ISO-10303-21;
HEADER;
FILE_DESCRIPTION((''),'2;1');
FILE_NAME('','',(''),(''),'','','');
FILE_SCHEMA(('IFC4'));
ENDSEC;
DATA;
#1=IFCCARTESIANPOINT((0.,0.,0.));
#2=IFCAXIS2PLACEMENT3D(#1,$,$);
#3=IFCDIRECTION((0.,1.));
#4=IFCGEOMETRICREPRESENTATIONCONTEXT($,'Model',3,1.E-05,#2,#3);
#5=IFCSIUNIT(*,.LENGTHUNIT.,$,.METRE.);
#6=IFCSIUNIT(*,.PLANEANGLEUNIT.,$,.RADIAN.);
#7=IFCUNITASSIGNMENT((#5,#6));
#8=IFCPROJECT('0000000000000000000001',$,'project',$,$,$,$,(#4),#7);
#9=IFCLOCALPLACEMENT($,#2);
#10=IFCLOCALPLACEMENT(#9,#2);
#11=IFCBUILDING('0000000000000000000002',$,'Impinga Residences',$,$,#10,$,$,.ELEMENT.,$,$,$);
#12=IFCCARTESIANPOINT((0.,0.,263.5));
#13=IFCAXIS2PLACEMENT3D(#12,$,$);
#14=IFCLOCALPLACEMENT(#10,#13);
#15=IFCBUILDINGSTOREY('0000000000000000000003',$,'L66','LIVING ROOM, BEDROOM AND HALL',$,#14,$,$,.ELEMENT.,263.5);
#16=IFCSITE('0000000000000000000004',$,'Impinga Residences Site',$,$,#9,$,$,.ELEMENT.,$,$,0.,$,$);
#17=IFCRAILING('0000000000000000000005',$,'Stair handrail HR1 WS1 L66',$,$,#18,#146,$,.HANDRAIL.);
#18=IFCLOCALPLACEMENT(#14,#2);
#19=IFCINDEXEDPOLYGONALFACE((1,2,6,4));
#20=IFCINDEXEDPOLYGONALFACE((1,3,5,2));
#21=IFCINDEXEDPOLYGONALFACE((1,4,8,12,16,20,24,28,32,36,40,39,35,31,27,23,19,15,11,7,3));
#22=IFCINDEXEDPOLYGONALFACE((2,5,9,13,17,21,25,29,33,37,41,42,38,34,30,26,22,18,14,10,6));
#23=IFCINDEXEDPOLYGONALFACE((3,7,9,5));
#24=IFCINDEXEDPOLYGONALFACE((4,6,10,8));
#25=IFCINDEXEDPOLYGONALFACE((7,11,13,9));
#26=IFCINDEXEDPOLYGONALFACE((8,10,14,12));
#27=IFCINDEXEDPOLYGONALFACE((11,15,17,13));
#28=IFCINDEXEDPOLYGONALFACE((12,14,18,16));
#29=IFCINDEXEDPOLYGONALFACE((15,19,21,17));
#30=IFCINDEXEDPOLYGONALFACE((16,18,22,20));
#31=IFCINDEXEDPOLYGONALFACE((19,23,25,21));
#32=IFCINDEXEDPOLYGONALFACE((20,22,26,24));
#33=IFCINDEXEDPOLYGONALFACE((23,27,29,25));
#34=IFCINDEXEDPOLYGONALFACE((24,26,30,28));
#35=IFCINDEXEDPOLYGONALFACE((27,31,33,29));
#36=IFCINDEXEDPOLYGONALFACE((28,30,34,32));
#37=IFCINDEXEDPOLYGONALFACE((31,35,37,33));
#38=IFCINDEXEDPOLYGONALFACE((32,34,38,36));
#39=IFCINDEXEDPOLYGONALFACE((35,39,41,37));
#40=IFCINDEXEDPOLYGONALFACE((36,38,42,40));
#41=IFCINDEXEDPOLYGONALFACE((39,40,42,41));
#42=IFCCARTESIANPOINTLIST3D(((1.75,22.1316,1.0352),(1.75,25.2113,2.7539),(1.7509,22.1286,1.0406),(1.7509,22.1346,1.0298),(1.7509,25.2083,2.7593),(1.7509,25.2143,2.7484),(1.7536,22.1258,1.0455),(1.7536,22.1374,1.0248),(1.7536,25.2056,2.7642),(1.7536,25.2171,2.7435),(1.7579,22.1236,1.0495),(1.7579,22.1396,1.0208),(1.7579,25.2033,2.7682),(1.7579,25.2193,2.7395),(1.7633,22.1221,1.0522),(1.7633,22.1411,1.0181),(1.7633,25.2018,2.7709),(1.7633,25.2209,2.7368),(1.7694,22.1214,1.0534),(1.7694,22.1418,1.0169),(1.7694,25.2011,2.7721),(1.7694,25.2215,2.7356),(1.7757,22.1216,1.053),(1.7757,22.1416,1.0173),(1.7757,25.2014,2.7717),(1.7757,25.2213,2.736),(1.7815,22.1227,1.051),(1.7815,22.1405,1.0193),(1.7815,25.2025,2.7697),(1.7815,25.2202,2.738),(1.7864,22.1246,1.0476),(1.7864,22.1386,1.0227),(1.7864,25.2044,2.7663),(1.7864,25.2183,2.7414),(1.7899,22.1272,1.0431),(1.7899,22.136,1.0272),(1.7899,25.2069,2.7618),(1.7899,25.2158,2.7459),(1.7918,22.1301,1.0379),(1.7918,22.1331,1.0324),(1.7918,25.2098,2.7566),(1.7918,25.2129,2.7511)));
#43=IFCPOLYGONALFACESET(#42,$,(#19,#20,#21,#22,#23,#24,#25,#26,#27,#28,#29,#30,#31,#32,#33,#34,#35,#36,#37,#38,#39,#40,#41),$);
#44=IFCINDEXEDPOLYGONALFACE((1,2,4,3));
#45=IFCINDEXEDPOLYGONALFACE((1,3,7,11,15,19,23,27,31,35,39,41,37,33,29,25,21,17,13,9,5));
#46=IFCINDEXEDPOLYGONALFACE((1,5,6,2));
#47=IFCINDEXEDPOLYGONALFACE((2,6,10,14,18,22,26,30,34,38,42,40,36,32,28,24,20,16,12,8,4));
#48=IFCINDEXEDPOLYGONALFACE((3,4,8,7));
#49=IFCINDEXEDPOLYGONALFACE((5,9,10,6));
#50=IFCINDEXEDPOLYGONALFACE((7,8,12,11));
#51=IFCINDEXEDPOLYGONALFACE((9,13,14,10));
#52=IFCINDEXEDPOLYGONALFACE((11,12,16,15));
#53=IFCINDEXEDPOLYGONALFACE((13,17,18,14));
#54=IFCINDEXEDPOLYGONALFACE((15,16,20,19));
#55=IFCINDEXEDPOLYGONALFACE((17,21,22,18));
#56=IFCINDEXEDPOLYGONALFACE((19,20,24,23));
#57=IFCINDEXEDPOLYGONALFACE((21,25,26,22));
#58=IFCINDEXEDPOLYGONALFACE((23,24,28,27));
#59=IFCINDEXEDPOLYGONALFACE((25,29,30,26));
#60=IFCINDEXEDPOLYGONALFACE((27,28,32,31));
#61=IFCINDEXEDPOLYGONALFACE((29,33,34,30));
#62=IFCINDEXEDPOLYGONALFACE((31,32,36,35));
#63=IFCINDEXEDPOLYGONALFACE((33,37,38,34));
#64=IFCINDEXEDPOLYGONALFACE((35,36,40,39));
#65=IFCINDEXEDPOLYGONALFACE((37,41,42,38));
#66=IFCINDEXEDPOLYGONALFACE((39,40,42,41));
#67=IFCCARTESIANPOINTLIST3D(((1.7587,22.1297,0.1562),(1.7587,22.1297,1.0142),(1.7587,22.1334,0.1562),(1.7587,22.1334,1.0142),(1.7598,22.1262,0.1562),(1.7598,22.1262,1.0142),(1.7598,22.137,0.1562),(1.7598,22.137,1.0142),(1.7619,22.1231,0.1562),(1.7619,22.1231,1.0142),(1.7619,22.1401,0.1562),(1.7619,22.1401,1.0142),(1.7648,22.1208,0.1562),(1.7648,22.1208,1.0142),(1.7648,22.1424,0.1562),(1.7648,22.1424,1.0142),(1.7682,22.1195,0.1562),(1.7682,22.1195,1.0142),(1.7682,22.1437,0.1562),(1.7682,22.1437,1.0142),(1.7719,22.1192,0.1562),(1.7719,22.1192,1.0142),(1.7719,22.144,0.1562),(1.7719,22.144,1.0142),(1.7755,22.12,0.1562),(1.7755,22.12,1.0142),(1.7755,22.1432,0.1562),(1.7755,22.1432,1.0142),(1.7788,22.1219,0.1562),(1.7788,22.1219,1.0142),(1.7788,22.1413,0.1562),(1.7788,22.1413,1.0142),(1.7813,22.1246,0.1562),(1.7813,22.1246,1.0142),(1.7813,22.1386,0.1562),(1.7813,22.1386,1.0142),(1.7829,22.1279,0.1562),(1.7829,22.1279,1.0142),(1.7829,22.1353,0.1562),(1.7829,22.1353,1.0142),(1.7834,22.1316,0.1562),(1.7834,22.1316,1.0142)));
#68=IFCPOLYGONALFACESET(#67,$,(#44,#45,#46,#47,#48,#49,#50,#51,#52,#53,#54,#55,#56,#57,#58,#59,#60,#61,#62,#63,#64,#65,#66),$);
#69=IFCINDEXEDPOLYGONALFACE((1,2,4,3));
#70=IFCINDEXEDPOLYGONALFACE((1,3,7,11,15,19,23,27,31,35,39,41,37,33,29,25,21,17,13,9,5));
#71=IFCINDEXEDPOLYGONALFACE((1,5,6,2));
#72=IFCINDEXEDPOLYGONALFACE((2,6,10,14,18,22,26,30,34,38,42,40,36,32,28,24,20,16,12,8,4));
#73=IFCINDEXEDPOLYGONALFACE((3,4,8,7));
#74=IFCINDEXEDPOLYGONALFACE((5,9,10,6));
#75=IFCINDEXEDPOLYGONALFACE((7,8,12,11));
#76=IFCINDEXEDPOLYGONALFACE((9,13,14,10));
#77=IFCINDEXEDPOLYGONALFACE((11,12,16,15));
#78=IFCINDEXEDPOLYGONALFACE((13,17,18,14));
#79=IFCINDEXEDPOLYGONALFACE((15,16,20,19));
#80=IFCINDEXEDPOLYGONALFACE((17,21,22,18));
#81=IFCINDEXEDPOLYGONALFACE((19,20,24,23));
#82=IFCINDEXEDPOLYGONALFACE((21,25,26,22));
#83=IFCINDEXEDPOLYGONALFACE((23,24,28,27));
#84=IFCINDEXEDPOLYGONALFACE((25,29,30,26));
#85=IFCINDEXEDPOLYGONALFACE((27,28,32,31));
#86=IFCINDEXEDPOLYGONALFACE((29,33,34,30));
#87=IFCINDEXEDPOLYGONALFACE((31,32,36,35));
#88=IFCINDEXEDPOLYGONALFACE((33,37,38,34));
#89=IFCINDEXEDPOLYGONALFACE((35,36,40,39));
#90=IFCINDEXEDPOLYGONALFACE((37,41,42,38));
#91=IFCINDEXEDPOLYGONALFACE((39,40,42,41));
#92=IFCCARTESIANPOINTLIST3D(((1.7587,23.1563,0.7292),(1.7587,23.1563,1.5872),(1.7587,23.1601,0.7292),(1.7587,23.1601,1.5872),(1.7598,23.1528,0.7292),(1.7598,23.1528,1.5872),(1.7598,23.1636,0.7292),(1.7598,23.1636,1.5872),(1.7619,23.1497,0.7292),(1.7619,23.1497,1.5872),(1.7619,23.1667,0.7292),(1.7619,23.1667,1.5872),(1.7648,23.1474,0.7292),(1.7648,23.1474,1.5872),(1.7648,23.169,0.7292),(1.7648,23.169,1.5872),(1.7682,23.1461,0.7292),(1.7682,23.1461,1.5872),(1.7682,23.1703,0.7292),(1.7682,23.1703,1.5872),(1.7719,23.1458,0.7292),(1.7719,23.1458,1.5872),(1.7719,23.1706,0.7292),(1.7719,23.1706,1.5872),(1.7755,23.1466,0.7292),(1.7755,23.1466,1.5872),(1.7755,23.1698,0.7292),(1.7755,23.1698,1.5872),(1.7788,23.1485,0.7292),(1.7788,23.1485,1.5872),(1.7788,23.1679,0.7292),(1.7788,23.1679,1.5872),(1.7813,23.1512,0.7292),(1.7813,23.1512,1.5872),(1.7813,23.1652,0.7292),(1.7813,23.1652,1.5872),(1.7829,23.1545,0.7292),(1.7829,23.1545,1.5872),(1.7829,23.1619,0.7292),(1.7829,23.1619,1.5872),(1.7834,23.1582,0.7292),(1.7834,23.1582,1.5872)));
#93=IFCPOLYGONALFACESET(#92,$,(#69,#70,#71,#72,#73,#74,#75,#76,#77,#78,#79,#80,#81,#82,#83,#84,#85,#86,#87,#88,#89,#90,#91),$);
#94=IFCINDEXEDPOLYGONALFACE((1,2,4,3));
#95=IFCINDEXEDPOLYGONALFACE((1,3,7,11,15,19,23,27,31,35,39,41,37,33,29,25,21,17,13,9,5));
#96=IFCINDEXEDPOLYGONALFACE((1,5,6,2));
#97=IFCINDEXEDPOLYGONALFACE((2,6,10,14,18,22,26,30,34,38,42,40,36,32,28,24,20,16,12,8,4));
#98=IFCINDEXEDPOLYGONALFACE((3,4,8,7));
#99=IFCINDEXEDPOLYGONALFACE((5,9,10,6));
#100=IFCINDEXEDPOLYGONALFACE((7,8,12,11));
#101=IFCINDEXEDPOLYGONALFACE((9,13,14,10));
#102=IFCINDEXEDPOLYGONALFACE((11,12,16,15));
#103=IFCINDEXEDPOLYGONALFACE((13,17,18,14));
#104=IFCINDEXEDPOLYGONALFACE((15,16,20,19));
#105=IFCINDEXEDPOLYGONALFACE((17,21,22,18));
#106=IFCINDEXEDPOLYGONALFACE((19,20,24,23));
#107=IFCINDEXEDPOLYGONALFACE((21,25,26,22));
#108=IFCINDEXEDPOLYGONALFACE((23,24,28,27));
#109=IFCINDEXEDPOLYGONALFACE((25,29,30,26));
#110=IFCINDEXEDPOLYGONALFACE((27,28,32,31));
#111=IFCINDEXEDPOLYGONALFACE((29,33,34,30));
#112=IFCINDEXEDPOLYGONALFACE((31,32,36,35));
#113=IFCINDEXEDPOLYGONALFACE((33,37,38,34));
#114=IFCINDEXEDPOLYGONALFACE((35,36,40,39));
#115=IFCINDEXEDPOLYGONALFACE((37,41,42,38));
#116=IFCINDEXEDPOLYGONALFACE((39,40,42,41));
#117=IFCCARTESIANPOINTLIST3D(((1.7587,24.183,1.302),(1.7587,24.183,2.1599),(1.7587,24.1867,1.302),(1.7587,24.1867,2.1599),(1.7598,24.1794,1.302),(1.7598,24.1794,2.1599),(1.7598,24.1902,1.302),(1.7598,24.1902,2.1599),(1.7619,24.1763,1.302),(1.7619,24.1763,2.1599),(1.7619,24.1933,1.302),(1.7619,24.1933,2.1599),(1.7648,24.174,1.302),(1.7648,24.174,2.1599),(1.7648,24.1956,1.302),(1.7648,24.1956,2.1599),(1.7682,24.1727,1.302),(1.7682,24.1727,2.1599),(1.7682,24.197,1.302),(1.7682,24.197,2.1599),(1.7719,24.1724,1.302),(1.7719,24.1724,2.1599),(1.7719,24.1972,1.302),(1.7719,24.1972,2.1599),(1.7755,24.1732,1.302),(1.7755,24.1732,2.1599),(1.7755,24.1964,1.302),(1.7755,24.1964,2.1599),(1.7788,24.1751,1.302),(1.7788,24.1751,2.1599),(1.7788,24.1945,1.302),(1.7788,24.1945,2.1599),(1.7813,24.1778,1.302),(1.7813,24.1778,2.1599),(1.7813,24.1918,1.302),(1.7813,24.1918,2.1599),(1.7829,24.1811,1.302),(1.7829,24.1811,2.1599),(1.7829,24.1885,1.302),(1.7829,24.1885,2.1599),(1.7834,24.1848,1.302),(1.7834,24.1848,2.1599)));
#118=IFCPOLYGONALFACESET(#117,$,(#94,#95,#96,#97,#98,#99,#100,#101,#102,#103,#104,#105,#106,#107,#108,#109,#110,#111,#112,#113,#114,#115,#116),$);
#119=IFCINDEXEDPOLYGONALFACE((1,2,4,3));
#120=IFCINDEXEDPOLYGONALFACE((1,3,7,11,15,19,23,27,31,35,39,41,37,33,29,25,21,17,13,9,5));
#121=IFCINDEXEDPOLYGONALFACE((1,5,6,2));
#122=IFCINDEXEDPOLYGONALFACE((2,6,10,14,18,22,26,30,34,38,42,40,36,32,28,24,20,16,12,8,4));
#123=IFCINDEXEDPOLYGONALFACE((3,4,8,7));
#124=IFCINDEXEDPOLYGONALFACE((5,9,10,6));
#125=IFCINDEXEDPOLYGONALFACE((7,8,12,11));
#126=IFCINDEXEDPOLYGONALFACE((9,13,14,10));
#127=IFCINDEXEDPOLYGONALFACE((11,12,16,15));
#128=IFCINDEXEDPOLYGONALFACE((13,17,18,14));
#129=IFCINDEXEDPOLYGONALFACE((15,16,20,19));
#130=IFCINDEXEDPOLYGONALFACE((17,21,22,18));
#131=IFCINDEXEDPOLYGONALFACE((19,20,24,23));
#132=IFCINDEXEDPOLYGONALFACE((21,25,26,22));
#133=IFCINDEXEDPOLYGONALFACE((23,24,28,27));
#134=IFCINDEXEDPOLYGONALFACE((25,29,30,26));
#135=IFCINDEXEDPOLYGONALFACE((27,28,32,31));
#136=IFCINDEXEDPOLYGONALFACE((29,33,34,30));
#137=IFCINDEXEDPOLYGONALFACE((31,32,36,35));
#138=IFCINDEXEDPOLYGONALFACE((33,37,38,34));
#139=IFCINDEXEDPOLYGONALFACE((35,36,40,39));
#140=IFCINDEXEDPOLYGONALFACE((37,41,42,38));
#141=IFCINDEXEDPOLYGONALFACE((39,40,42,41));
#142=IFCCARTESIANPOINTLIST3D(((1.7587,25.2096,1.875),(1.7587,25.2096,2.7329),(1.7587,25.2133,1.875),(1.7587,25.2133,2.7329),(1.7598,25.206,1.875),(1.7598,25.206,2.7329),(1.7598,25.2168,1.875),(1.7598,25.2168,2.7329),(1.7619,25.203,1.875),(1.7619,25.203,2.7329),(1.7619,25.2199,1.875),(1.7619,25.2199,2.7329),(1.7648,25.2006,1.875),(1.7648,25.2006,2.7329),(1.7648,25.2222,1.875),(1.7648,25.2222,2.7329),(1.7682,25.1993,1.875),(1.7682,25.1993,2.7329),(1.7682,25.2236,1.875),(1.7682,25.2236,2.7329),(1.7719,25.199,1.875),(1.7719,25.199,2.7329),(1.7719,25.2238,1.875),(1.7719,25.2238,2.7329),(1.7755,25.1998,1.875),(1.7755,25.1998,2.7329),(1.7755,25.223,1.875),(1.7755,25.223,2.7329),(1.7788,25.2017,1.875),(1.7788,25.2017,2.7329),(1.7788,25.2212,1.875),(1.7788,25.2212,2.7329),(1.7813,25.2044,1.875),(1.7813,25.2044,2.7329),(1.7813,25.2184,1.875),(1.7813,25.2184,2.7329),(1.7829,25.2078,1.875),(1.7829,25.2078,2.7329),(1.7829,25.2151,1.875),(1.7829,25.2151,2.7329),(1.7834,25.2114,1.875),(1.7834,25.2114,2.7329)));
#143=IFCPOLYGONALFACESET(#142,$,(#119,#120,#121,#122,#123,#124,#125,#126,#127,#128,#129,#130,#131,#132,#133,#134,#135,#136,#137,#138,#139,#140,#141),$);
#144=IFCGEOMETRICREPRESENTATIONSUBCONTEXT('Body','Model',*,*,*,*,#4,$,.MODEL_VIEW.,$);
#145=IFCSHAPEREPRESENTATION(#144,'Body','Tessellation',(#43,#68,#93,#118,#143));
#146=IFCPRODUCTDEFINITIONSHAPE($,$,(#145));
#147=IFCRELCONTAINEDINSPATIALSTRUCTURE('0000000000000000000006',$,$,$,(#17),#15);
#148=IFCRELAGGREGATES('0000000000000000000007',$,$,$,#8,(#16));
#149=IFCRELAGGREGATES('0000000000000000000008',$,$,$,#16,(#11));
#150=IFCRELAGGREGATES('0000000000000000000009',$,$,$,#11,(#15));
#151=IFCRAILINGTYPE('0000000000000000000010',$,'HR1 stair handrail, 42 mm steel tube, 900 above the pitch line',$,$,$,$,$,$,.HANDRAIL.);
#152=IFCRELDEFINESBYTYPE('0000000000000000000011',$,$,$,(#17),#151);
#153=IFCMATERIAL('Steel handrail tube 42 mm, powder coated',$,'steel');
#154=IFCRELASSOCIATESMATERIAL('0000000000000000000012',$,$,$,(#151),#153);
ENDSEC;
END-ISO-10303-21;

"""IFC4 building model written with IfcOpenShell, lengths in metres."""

from ifc_helpers import new_model, si_unit, direction, frame, origin, origin_2d, place, context, subcontext, project, spatial, circle, extrude, material, type_object, element, save


model = new_model("IFC4")

# Units and contexts
model_context = context("Model", 3, precision=1e-05, world=origin(), true_north=direction((0.0, 1.0)))
body_context = subcontext(model_context, "Body", "Model", "MODEL_VIEW")
ifc_project = project(units=[si_unit("LENGTHUNIT", "METRE"), si_unit("PLANEANGLEUNIT", "RADIAN")], contexts=[model_context])

# Site, building, storey
site_placement = place(None, origin())
site = spatial("IfcSite", under=ifc_project, at=site_placement, Name="Impinga Residences Site", CompositionType="ELEMENT", RefElevation=0.0)
building_placement = place(site_placement, origin())
building = spatial("IfcBuilding", under=site, at=building_placement, Name="Impinga Residences", CompositionType="ELEMENT")
storey_placement = place(building_placement, frame((0.0, 0.0, 263.5)))
storey = spatial("IfcBuildingStorey", under=building, at=storey_placement, Name="L66", Description="LIVING ROOM, BEDROOM AND HALL", CompositionType="ELEMENT", Elevation=263.5)

# Railing
ifc_material_1 = material(Name="Steel handrail tube 42 mm, powder coated", Category="steel")
railing_type_1 = type_object("IfcRailingType", Name="HR1 stair handrail, 42 mm steel tube, 900 above the pitch line", PredefinedType="HANDRAIL", material=ifc_material_1)
railing_1_placement = place(storey_placement, frame((1.771, 22.1316, 0.1562)))
element("IfcRailing", 1, at=railing_1_placement, inside=storey, type_object=railing_type_1, Name="Stair handrail HR1 WS1 L66", PredefinedType="HANDRAIL", context=body_context, shape_type="SweptSolid", body=[
    extrude(circle(Radius=0.021, at=origin_2d()), frame((0.0, 0.0, 0.8789), z_axis=(0.0, 0.873225, 0.487317), x_axis=(-1.0, 0.0, 0.0)), (0.0, 0.0, 1.0), 3.5269),
    extrude(circle(Radius=0.0125, at=origin_2d()), origin(), (0.0, 0.0, 1.0), 0.8579),
    extrude(circle(Radius=0.0125, at=origin_2d()), frame((0.0, 1.0266, 0.573)), (0.0, 0.0, 1.0), 0.8579),
    extrude(circle(Radius=0.0125, at=origin_2d()), frame((0.0, 2.0532, 1.1458)), (0.0, 0.0, 1.0), 0.8579),
    extrude(circle(Radius=0.0125, at=origin_2d()), frame((0.0, 3.0798, 1.7188)), (0.0, 0.0, 1.0), 0.8579),
])

save(model, "model.ifc")
